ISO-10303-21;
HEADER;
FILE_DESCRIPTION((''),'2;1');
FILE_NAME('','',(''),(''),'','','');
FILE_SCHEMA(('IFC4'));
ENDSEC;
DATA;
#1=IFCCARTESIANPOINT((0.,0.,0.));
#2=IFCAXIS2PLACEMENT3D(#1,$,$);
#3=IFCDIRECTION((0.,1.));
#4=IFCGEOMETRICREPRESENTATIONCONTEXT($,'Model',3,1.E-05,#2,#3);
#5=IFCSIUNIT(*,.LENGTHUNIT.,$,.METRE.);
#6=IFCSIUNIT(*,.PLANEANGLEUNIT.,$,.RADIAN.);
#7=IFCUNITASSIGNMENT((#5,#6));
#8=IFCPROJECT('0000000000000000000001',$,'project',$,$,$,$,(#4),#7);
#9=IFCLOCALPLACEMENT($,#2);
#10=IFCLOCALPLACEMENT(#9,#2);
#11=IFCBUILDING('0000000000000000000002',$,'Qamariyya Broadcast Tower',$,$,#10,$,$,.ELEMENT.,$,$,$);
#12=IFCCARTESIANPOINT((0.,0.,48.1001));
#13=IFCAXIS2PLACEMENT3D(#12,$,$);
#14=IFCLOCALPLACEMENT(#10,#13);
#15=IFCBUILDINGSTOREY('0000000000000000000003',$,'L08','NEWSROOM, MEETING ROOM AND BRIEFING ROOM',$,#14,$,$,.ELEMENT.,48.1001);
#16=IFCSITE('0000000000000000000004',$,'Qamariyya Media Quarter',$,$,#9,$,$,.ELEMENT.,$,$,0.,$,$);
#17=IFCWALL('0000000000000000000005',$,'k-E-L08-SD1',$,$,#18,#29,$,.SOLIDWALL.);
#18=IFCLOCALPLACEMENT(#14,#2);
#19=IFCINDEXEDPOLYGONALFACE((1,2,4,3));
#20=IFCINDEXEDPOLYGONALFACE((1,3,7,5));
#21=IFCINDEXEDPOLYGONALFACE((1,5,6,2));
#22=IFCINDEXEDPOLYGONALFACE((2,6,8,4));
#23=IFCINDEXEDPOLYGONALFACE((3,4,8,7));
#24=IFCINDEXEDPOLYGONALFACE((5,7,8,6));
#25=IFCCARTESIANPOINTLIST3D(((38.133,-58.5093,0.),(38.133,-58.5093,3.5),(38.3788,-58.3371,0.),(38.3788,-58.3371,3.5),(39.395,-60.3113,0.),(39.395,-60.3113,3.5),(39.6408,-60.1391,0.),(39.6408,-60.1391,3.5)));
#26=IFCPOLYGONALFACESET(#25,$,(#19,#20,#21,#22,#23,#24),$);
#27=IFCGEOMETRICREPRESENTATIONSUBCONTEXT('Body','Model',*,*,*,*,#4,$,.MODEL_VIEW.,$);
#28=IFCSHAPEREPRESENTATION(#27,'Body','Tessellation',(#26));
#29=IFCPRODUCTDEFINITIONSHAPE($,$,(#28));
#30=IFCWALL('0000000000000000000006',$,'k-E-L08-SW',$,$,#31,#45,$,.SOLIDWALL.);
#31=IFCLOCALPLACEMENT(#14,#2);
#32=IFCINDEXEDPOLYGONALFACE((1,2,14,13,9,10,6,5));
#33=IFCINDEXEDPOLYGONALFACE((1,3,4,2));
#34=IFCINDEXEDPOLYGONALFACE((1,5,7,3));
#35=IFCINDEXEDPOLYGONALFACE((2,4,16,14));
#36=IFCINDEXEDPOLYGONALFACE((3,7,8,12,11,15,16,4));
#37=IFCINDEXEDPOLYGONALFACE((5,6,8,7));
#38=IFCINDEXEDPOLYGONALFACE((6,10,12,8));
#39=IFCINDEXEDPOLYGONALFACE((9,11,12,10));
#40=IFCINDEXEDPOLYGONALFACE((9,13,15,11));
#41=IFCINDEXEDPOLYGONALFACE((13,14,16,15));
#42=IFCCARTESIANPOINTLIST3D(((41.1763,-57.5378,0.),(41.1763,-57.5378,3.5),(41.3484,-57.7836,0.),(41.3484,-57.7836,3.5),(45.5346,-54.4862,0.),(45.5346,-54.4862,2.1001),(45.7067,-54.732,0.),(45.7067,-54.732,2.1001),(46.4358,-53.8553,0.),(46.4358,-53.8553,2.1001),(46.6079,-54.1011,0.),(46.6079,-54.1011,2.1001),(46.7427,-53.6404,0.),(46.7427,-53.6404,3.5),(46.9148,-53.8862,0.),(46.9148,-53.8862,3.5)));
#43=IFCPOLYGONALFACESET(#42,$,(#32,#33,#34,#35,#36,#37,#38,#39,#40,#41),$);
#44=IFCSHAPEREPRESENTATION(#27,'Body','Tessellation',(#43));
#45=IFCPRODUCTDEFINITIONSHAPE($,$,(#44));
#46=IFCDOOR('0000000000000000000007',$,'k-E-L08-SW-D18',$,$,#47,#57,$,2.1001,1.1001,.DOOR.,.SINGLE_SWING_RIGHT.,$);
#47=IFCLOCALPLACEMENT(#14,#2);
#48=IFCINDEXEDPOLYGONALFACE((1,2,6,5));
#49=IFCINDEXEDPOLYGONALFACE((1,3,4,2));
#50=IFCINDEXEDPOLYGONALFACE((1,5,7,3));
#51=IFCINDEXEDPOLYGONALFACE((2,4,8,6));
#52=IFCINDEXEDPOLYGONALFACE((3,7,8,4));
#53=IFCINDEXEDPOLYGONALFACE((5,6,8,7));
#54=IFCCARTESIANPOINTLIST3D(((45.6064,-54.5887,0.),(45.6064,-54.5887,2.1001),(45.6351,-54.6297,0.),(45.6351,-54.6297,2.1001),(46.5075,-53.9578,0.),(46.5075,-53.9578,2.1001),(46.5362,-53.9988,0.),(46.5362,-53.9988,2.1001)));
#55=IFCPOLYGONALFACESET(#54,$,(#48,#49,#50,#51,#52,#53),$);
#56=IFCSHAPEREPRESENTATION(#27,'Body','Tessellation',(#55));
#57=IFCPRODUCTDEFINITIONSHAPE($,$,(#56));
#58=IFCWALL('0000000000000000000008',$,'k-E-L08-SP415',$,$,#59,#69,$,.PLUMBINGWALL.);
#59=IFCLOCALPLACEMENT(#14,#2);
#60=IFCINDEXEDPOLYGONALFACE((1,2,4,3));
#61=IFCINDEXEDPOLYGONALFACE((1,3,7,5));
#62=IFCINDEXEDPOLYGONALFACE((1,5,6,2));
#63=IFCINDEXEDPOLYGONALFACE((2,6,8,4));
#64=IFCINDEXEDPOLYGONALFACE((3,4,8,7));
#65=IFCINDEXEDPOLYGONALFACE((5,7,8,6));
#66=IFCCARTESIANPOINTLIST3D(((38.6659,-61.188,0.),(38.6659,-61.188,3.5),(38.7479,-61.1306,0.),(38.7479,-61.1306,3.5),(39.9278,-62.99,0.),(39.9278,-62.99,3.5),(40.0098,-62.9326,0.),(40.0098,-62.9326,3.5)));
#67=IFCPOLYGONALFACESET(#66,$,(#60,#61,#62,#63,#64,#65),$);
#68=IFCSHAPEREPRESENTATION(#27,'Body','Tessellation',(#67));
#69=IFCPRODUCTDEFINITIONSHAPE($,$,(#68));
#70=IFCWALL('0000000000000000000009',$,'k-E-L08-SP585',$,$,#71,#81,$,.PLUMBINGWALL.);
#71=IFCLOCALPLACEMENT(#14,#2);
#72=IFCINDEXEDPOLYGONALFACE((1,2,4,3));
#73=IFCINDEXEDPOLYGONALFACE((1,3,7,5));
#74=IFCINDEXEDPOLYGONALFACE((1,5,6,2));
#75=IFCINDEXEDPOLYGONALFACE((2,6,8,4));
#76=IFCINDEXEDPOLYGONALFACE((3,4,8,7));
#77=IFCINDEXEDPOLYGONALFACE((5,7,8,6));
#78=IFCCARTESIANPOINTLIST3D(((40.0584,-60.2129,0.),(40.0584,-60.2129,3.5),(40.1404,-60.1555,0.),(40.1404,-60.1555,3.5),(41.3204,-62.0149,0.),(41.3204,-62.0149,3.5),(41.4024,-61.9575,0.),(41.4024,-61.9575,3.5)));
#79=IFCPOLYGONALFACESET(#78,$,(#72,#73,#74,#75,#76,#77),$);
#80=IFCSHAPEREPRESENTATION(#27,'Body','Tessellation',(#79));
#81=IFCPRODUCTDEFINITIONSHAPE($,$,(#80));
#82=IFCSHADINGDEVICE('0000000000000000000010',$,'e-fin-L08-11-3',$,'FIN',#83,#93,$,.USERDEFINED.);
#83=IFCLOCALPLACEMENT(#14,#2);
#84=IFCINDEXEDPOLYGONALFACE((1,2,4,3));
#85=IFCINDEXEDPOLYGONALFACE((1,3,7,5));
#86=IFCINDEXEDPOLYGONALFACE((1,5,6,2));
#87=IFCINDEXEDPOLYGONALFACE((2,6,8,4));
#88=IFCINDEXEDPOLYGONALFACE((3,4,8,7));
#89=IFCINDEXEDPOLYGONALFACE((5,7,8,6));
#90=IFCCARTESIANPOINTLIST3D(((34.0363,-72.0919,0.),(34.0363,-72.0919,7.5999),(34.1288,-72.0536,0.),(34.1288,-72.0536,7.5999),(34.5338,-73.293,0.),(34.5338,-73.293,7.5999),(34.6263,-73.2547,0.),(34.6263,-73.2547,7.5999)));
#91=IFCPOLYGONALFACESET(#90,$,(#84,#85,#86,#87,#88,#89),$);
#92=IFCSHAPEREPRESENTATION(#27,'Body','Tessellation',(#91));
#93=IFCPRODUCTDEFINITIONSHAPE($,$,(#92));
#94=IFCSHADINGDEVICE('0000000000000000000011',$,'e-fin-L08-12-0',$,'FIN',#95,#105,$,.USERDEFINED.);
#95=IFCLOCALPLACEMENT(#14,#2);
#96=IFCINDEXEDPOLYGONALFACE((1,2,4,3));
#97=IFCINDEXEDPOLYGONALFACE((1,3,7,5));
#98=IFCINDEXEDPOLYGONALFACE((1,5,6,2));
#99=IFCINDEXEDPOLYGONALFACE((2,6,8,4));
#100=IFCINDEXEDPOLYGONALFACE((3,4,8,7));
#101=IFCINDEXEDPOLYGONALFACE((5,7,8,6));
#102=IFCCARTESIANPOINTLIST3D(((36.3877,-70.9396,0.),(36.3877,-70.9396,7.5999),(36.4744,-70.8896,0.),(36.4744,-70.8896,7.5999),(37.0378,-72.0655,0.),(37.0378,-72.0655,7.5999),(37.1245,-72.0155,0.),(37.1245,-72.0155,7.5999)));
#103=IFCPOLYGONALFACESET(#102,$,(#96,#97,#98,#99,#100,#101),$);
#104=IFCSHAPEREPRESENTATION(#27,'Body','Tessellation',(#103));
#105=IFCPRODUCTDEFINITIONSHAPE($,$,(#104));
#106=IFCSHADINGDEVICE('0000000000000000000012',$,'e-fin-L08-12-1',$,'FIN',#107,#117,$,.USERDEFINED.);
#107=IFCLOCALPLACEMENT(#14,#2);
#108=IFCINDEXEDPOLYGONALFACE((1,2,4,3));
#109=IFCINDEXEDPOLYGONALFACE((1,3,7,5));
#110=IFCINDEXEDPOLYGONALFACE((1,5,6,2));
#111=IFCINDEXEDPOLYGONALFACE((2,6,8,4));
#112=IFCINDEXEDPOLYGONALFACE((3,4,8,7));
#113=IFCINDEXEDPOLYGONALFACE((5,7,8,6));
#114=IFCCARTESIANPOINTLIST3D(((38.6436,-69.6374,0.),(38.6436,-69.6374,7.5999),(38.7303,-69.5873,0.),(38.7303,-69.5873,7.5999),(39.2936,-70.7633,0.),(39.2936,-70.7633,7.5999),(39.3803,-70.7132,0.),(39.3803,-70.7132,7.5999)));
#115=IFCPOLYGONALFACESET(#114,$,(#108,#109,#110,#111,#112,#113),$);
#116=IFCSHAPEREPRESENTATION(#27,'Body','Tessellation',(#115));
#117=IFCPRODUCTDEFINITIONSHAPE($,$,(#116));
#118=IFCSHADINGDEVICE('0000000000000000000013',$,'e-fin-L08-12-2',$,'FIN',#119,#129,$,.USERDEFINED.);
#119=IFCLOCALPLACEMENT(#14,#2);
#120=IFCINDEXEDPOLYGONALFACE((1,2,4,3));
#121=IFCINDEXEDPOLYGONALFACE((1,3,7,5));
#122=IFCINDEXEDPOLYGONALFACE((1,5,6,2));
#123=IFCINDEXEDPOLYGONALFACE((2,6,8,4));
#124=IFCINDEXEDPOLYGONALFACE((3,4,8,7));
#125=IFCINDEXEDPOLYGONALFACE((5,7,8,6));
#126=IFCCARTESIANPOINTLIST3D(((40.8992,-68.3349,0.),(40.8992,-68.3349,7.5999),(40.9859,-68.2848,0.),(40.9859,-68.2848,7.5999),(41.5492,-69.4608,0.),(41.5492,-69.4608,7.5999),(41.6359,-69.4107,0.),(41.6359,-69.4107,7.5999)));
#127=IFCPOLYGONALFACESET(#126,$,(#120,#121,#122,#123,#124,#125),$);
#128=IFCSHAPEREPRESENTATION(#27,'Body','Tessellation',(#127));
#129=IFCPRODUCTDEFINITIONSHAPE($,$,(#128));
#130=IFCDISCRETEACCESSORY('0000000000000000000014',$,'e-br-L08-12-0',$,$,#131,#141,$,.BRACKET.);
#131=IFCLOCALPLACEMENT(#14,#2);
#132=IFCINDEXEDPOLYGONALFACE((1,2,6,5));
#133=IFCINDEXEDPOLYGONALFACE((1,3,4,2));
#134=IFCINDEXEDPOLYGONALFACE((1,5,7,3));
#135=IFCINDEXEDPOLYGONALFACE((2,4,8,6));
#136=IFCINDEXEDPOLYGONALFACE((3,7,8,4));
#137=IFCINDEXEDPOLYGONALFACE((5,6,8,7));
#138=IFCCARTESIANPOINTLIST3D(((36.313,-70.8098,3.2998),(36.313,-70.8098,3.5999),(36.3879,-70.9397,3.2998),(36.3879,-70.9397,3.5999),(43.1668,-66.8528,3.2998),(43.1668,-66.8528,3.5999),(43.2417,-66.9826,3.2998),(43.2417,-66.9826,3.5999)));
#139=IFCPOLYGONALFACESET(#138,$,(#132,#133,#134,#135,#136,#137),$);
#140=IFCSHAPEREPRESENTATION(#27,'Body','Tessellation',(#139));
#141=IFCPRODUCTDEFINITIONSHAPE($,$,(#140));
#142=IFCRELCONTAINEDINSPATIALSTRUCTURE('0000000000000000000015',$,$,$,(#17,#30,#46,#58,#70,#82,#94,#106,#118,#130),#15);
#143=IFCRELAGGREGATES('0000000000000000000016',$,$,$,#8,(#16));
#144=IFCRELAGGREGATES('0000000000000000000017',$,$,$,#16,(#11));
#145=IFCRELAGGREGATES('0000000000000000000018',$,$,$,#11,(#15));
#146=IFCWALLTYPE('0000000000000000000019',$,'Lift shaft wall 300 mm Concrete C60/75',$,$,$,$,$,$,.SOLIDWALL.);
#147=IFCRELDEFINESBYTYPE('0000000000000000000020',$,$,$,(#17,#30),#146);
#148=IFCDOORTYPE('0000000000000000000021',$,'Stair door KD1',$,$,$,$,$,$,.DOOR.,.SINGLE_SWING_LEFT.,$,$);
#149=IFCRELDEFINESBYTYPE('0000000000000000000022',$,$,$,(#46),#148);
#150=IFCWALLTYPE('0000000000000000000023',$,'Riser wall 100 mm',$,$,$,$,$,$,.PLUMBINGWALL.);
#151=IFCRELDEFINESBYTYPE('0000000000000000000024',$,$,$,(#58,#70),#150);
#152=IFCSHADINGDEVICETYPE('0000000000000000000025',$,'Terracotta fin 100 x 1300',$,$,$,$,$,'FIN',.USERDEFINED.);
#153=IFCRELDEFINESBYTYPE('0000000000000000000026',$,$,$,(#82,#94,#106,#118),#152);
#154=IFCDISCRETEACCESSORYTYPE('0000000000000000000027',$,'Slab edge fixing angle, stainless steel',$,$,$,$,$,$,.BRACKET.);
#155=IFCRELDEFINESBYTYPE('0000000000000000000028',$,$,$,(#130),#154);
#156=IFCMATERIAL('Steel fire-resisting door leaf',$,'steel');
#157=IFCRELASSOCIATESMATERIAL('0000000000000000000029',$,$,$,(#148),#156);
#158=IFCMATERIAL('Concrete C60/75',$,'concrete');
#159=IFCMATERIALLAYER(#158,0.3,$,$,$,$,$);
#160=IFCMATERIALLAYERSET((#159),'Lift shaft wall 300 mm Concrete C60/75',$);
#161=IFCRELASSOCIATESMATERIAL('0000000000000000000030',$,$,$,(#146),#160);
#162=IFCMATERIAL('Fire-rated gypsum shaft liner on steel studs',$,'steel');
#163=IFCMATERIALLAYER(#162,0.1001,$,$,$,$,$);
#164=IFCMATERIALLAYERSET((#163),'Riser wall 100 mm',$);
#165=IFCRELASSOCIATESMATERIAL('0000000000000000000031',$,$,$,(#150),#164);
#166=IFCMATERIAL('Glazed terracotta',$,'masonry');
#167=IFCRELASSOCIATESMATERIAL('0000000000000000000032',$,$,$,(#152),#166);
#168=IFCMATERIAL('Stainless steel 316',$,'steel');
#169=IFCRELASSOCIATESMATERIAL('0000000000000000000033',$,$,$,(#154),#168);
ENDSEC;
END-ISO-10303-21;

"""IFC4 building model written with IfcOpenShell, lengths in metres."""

from ifc_helpers import new_model, si_unit, direction, frame, frame_2d, origin, origin_2d, place, context, subcontext, project, spatial, rectangle, extrude, material, layer, layer_set, material_profile, profile_set, type_object, element, fill, save


model = new_model("IFC4")

# Units and contexts
model_context = context("Model", 3, precision=1e-05, world=origin(), true_north=direction((0.0, 1.0)))
body_context = subcontext(model_context, "Body", "Model", "MODEL_VIEW")
ifc_project = project(units=[si_unit("LENGTHUNIT", "METRE"), si_unit("PLANEANGLEUNIT", "RADIAN")], contexts=[model_context])

# Site, building, storey
site_placement = place(None, origin())
site = spatial("IfcSite", under=ifc_project, at=site_placement, Name="Qamariyya Media Quarter", CompositionType="ELEMENT", RefElevation=0.0)
building_placement = place(site_placement, origin())
building = spatial("IfcBuilding", under=site, at=building_placement, Name="Qamariyya Broadcast Tower", CompositionType="ELEMENT")
storey_placement = place(building_placement, frame((0.0, 0.0, 48.1001)))
storey = spatial("IfcBuildingStorey", under=building, at=storey_placement, Name="L08", Description="NEWSROOM, MEETING ROOM AND BRIEFING ROOM", CompositionType="ELEMENT", Elevation=48.1001)

# Shared definitions
ifc_material_1 = material(Name="Steel fire-resisting door leaf", Category="steel")

# Shared definitions
door_type_1 = type_object("IfcDoorType", Name="Stair door KD1", OperationType="SINGLE_SWING_LEFT", PredefinedType="DOOR", material=ifc_material_1)

# Wall
ifc_material_2 = material(Name="Concrete C60/75", Category="concrete")
ifc_layer_1 = layer(ifc_material_2, 0.3)
ifc_layer_set_1 = layer_set([ifc_layer_1], Name="Lift shaft wall 300 mm Concrete C60/75")
wall_type_1 = type_object("IfcWallType", Name="Lift shaft wall 300 mm Concrete C60/75", PredefinedType="SOLIDWALL", material=ifc_layer_set_1)
wall_1_placement = place(storey_placement, frame((38.2559, -58.4231, 0.0), z_axis=(0.0, 0.0, 1.0), x_axis=(0.573634, -0.819112, 0.0)))
element("IfcWall", 1, at=wall_1_placement, inside=storey, type_object=wall_type_1, Name="k-E-L08-SD1", PredefinedType="SOLIDWALL", context=body_context, shape_type="SweptSolid", body=[
    extrude(rectangle(XDim=2.2, YDim=0.3, at=frame_2d((1.1001, 0.0))), origin(), (0.0, 0.0, 1.0), 3.5),
])

# Wall, opening, door
wall_2_placement = place(storey_placement, frame((41.2625, -57.6606, 0.0), z_axis=(0.0, 0.0, 1.0), x_axis=(0.819164, 0.573559, 0.0)))
wall_2 = element("IfcWall", 2, at=wall_2_placement, inside=storey, type_object=wall_type_1, Name="k-E-L08-SW", PredefinedType="SOLIDWALL", context=body_context, shape_type="SweptSolid", body=[
    extrude(rectangle(XDim=6.7952, YDim=0.3, at=frame_2d((3.3975, 0.0))), origin(), (0.0, 0.0, 1.0), 3.5),
])
opening_1_placement = place(wall_2_placement, frame((5.3203, 0.0, 0.0)))
opening_1 = element("IfcOpeningElement", 3, at=opening_1_placement, cuts=wall_2, PredefinedType="OPENING", context=body_context, shape_type="SweptSolid", body=[
    extrude(rectangle(XDim=1.1001, YDim=2.1001, at=frame_2d((0.55, 1.05))), frame((0.0, 0.1599, 0.0), z_axis=(0.0, -1.0, 0.0), x_axis=(1.0, 0.0, 0.0)), (0.0, 0.0, 1.0), 0.3201),
])
door_1_placement = place(opening_1_placement, origin())
door_1 = element("IfcDoor", 4, at=door_1_placement, inside=storey, type_object=door_type_1, Name="k-E-L08-SW-D18", OperationType="SINGLE_SWING_RIGHT", OverallHeight=2.1001, OverallWidth=1.1001, PredefinedType="DOOR", context=body_context, shape_type="SweptSolid", body=[
    extrude(rectangle(XDim=1.1001, YDim=2.1001, at=frame_2d((0.55, 1.05))), frame((0.0, 0.0249, 0.0), z_axis=(0.0, -1.0, 0.0), x_axis=(1.0, 0.0, 0.0)), (0.0, 0.0, 1.0), 0.05),
])
fill(opening_1, door_1)

# Walls
ifc_material_3 = material(Name="Fire-rated gypsum shaft liner on steel studs", Category="steel")
ifc_layer_2 = layer(ifc_material_3, 0.1001)
ifc_layer_set_2 = layer_set([ifc_layer_2], Name="Riser wall 100 mm")
wall_type_2 = type_object("IfcWallType", Name="Riser wall 100 mm", PredefinedType="PLUMBINGWALL", material=ifc_layer_set_2)
for number, where, z_axis, x_axis, name in (
    (5, (38.7068, -61.1592, 0.0), (0.0, 0.0, 1.0), (0.573634, -0.819112, 0.0), "k-E-L08-SP415"),
    (6, (40.0994, -60.1841, 0.0), (0.0, 0.0, 1.0), (0.573634, -0.819112, 0.0), "k-E-L08-SP585"),
):
    element("IfcWall", number, at=place(storey_placement, frame(where, z_axis=z_axis, x_axis=x_axis)), inside=storey, type_object=wall_type_2, Name=name, PredefinedType="PLUMBINGWALL", context=body_context, shape_type="SweptSolid", body=[
        extrude(rectangle(XDim=2.2, YDim=0.1001, at=frame_2d((1.1001, 0.0))), origin(), (0.0, 0.0, 1.0), 3.5),
    ])

# Shading devices
ifc_material_4 = material(Name="Glazed terracotta", Category="masonry")
ifc_material_profile_1 = material_profile(ifc_material_4, rectangle(XDim=1.3, YDim=0.1001, at=origin_2d()))
ifc_profile_set_1 = profile_set([ifc_material_profile_1], Name="Glazed terracotta")
shading_device_type_1 = type_object("IfcShadingDeviceType", Name="Terracotta fin 100 x 1300", ElementType="FIN", PredefinedType="USERDEFINED", material=ifc_profile_set_1)
for number, where, z_axis, x_axis, name in (
    (7, (34.3313, -72.6733, 0.0), (0.0, 0.0, 1.0), (0.382683, -0.92388, 0.0), "e-fin-L08-11-3"),
    (8, (36.7561, -71.4775, 0.0), (0.0, 0.0, 1.0), (0.5, -0.866025, 0.0), "e-fin-L08-12-0"),
    (9, (39.012, -70.1753, 0.0), (0.0, 0.0, 1.0), (0.5, -0.866025, 0.0), "e-fin-L08-12-1"),
    (10, (41.2676, -68.8728, 0.0), (0.0, 0.0, 1.0), (0.5, -0.866025, 0.0), "e-fin-L08-12-2"),
):
    element("IfcShadingDevice", number, at=place(storey_placement, frame(where, z_axis=z_axis, x_axis=x_axis)), inside=storey, type_object=shading_device_type_1, Name=name, ObjectType="FIN", PredefinedType="USERDEFINED", context=body_context, shape_type="SweptSolid", body=[
        extrude(rectangle(XDim=1.3, YDim=0.1001, at=origin_2d()), origin(), (0.0, 0.0, 1.0), 7.5999),
    ])

# Discrete accessory
ifc_material_5 = material(Name="Stainless steel 316", Category="steel")
discrete_accessory_type = type_object("IfcDiscreteAccessoryType", Name="Slab edge fixing angle, stainless steel", PredefinedType="BRACKET", material=ifc_material_5)
discrete_accessory_placement = place(storey_placement, frame((39.7773, -68.8962, 3.2998), z_axis=(0.0, 0.0, 1.0), x_axis=(0.866025, 0.5, 0.0)))
element("IfcDiscreteAccessory", 11, at=discrete_accessory_placement, inside=storey, type_object=discrete_accessory_type, Name="e-br-L08-12-0", PredefinedType="BRACKET", context=body_context, shape_type="SweptSolid", body=[
    extrude(rectangle(XDim=7.9141, YDim=0.1499, at=origin_2d()), origin(), (0.0, 0.0, 1.0), 0.3),
])

save(model, "model.ifc")
